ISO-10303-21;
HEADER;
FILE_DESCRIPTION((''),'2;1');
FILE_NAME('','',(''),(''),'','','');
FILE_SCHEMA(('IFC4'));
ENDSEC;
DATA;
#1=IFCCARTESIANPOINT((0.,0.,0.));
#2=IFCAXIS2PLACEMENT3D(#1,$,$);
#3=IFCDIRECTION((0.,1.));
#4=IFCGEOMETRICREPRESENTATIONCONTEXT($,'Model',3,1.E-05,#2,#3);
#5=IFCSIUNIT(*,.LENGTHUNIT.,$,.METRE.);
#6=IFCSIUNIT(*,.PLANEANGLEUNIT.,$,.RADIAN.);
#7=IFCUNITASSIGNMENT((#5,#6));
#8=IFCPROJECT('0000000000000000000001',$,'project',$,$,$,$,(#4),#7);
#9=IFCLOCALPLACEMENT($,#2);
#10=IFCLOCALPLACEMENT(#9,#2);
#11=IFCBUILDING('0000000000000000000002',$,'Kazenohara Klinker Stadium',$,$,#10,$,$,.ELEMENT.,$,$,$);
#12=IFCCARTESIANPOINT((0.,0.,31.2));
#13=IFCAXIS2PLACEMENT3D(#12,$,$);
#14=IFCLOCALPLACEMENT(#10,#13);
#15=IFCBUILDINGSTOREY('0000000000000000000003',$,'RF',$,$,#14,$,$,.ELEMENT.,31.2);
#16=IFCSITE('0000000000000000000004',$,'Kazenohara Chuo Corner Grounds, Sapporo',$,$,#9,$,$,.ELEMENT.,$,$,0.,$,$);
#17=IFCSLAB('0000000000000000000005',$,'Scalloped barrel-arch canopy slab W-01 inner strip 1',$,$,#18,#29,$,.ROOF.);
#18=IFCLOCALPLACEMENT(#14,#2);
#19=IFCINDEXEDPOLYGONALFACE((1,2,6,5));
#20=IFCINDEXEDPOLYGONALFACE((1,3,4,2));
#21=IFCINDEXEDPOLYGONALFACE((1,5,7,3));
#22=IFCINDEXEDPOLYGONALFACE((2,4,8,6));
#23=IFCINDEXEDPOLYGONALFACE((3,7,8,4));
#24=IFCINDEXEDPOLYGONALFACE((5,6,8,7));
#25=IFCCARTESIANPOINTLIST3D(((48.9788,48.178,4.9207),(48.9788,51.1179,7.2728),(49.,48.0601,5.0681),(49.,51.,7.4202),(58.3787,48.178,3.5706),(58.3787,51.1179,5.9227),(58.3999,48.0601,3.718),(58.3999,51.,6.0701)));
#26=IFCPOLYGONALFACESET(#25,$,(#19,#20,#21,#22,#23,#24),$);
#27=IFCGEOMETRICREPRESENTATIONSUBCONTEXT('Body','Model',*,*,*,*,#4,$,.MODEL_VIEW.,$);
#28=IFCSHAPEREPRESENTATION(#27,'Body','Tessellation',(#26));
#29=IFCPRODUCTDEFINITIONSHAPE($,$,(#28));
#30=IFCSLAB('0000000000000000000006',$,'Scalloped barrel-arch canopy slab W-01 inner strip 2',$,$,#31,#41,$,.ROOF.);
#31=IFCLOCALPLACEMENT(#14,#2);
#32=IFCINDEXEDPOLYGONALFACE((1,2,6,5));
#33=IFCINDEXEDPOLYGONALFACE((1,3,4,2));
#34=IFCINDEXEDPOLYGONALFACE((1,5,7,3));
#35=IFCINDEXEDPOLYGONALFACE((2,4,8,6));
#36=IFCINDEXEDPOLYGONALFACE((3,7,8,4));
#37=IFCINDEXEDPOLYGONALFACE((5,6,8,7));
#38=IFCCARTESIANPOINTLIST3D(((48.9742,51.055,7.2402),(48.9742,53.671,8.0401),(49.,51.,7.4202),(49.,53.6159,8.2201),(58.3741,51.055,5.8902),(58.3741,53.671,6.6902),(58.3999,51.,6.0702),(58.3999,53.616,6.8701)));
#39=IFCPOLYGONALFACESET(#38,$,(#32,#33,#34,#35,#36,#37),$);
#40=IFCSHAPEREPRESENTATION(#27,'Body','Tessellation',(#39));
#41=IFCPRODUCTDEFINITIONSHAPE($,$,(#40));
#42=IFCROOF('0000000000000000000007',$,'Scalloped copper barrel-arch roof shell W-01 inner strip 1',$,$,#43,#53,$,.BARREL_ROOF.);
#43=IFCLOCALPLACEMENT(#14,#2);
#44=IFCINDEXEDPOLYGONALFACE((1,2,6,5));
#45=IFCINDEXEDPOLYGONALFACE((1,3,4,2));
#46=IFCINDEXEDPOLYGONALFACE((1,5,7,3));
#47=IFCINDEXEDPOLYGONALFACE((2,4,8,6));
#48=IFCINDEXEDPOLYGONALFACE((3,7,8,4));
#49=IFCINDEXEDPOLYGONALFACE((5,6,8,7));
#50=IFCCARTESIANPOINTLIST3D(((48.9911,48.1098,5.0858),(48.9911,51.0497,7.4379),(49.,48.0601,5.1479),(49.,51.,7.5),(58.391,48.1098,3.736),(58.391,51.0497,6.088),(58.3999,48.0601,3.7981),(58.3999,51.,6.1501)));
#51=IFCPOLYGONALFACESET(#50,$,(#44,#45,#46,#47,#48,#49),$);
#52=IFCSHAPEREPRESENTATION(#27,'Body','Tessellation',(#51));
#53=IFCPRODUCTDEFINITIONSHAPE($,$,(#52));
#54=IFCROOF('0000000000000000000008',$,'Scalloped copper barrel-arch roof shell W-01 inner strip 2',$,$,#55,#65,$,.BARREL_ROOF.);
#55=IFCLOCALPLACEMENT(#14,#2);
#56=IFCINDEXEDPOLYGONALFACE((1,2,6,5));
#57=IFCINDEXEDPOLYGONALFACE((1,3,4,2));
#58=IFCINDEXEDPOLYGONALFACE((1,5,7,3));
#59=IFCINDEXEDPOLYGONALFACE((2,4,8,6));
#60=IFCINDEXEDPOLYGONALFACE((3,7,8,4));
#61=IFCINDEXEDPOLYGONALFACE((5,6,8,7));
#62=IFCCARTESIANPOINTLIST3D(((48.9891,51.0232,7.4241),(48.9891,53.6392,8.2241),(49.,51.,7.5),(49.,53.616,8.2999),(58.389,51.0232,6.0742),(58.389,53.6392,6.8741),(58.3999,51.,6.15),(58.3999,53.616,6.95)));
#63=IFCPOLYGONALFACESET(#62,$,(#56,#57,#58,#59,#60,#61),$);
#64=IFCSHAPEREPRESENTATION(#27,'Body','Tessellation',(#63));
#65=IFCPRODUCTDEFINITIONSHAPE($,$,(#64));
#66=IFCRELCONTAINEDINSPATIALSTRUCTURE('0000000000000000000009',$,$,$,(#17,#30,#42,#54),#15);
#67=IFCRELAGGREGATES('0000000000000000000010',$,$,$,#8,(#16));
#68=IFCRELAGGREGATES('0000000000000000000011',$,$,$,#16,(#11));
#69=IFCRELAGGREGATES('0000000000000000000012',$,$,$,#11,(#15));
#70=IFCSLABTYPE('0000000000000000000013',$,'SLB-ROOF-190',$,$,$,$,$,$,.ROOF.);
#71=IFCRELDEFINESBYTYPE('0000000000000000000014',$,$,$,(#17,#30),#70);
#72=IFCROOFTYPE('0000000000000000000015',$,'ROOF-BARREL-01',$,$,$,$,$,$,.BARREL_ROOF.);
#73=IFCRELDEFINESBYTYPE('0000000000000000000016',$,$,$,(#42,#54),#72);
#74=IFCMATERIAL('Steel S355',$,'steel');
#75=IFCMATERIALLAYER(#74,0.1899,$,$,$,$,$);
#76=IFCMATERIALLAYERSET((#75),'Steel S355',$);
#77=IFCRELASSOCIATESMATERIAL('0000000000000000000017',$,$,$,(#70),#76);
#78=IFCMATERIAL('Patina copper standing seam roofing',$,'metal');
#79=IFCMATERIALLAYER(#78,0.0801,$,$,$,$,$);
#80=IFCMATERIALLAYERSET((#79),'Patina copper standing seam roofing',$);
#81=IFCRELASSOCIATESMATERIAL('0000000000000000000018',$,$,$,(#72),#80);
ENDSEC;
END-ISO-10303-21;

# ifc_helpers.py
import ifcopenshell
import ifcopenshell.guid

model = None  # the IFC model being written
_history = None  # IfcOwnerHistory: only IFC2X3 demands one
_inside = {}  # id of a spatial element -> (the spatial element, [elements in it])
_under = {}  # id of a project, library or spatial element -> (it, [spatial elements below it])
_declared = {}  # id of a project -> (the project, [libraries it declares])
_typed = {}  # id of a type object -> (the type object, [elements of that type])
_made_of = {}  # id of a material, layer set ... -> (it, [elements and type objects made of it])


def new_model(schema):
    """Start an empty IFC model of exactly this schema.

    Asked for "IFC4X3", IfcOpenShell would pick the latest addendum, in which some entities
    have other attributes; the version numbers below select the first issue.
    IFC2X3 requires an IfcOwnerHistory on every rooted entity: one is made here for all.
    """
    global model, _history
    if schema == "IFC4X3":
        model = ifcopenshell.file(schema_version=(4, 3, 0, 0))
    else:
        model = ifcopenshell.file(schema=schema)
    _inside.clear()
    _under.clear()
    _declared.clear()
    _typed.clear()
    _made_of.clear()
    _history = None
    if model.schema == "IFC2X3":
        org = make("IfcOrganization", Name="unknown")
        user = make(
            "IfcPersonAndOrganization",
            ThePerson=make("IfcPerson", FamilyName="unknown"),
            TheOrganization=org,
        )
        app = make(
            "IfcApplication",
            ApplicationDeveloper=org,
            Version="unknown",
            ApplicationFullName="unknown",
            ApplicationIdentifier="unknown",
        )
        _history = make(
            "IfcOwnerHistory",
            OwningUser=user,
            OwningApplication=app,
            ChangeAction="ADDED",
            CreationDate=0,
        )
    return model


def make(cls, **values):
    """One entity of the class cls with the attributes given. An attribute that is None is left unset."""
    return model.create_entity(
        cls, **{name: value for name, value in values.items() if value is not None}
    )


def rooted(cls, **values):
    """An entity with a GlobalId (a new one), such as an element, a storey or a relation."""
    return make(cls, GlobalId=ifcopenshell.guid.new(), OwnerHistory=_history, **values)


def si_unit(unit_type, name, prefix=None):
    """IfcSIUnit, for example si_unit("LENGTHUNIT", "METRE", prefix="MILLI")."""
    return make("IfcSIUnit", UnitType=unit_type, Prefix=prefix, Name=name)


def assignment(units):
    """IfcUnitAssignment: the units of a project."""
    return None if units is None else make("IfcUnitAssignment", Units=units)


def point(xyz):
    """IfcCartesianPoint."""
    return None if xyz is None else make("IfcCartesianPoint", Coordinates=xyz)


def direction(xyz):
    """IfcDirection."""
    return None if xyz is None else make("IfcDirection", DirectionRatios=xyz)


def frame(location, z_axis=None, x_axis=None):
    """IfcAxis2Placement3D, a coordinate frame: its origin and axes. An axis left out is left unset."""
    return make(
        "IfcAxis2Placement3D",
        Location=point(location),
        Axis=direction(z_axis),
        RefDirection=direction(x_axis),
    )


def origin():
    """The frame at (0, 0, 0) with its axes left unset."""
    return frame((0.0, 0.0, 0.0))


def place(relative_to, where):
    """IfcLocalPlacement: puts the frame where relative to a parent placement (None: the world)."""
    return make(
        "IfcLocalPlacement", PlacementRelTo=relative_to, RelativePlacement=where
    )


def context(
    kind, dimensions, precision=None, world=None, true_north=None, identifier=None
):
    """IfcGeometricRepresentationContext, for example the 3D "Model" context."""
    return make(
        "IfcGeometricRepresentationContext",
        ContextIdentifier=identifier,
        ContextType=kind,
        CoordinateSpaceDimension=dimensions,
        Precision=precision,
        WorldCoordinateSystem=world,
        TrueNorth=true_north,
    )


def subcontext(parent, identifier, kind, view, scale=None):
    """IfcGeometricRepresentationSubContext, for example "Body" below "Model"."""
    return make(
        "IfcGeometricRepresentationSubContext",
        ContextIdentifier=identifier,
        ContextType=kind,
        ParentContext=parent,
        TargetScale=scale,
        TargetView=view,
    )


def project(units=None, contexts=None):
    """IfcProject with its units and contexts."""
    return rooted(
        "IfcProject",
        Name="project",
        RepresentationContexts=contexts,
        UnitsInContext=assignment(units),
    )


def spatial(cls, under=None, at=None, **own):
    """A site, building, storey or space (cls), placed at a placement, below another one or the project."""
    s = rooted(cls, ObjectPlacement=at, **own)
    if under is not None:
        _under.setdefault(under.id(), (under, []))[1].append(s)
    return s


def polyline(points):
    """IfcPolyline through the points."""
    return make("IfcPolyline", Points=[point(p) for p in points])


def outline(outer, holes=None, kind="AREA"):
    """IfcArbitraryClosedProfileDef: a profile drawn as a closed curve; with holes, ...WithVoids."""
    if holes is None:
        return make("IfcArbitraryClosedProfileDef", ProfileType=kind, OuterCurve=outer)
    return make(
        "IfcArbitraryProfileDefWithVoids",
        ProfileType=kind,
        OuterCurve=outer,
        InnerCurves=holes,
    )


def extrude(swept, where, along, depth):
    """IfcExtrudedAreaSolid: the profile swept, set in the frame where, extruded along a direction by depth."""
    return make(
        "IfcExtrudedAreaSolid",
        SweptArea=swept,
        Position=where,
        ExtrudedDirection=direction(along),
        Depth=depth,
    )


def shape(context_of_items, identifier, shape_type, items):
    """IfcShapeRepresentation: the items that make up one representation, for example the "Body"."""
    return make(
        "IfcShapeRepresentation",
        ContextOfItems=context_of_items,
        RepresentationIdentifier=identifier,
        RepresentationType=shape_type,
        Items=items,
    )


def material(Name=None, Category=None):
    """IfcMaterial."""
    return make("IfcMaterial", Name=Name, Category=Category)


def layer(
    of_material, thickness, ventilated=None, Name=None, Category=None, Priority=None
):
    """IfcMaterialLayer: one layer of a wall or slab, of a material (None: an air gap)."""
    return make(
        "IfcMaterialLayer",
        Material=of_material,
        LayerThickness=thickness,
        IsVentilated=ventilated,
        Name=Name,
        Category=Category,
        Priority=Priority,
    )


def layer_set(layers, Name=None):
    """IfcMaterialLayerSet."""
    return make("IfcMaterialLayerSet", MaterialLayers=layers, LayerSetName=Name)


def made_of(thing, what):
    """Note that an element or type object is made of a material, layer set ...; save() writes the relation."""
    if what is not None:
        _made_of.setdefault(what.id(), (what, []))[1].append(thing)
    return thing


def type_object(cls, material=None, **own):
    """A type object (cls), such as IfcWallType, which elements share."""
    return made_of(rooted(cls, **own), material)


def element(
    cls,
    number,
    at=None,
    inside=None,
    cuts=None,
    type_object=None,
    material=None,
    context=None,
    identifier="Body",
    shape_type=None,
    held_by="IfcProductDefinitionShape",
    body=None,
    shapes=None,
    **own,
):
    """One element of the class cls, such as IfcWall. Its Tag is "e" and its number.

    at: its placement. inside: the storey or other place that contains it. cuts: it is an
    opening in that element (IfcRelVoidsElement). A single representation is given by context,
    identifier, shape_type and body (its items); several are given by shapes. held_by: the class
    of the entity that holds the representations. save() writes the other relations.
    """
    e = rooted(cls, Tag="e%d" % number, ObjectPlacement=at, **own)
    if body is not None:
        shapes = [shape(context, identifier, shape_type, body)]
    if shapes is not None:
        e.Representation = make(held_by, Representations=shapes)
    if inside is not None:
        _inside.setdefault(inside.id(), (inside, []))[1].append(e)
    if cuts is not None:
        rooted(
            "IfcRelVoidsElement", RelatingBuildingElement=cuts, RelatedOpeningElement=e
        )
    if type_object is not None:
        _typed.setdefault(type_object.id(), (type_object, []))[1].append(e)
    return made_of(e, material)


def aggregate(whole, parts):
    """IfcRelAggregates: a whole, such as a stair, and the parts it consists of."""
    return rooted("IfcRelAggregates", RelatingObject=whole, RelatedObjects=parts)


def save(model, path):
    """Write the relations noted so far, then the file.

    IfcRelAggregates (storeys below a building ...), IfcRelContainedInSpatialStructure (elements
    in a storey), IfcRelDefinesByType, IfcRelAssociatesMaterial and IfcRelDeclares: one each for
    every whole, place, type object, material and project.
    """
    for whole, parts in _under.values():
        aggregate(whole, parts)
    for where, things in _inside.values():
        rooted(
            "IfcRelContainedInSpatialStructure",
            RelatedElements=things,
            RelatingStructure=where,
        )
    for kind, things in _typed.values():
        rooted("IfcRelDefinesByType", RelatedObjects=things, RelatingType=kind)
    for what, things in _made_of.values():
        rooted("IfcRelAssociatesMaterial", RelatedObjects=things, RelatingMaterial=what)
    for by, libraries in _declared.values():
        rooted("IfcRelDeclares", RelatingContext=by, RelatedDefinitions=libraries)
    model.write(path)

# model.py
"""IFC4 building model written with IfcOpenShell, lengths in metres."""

from ifc_helpers import new_model, si_unit, direction, frame, origin, place, context, subcontext, project, spatial, polyline, outline, extrude, material, layer, layer_set, type_object, element, save


model = new_model("IFC4")

# Units and contexts
model_context = context("Model", 3, precision=1e-05, world=origin(), true_north=direction((0.0, 1.0)))
body_context = subcontext(model_context, "Body", "Model", "MODEL_VIEW")
ifc_project = project(units=[si_unit("LENGTHUNIT", "METRE"), si_unit("PLANEANGLEUNIT", "RADIAN")], contexts=[model_context])

# Site, building, storey
site_placement = place(None, origin())
site = spatial("IfcSite", under=ifc_project, at=site_placement, Name="Kazenohara Chuo Corner Grounds, Sapporo", CompositionType="ELEMENT", RefElevation=0.0)
building_placement = place(site_placement, origin())
building = spatial("IfcBuilding", under=site, at=building_placement, Name="Kazenohara Klinker Stadium", CompositionType="ELEMENT")
storey_placement = place(building_placement, frame((0.0, 0.0, 31.2)))
storey = spatial("IfcBuildingStorey", under=building, at=storey_placement, Name="RF", CompositionType="ELEMENT", Elevation=31.2)

# Shared definitions
ifc_material_1 = material(Name="Steel S355", Category="steel")

# Slabs
ifc_layer_1 = layer(ifc_material_1, 0.1899)
ifc_layer_set_1 = layer_set([ifc_layer_1], Name="Steel S355")
slab_type = type_object("IfcSlabType", Name="SLB-ROOF-190", PredefinedType="ROOF", material=ifc_layer_set_1)
slab_1_placement = place(storey_placement, frame((49.0, 48.0601, 5.0681), z_axis=(0.111455, -0.620819, 0.775991), x_axis=(0.989842, 0.0, -0.14217)))
element("IfcSlab", 1, at=slab_1_placement, inside=storey, type_object=slab_type, Name="Scalloped barrel-arch canopy slab W-01 inner strip 1", PredefinedType="ROOF", context=body_context, shape_type="SweptSolid", body=[
    extrude(outline(polyline([(0.0, 0.0), (9.4964, 0.0), (9.162, 3.7501), (-0.3344, 3.7501), (0.0, 0.0)])), origin(), (0.0, 0.0, -1.0), 0.1899),
])
slab_2_placement = place(storey_placement, frame((49.0, 51.0, 7.4202), z_axis=(0.136061, -0.289701, 0.947397), x_axis=(0.989844, -0.000004, -0.142158)))
element("IfcSlab", 2, at=slab_2_placement, inside=storey, type_object=slab_type, Name="Scalloped barrel-arch canopy slab W-01 inner strip 2", PredefinedType="ROOF", context=body_context, shape_type="SweptSolid", body=[
    extrude(outline(polyline([(0.0, 0.0), (9.4964, 0.0), (9.3826, 2.7332), (-0.1137, 2.7331), (0.0, 0.0)])), origin(), (0.0, 0.0, -1.0), 0.1899),
])

# Roofs
ifc_material_2 = material(Name="Patina copper standing seam roofing", Category="metal")
ifc_layer_2 = layer(ifc_material_2, 0.0801)
ifc_layer_set_2 = layer_set([ifc_layer_2], Name="Patina copper standing seam roofing")
roof_type = type_object("IfcRoofType", Name="ROOF-BARREL-01", PredefinedType="BARREL_ROOF", material=ifc_layer_set_2)
roof_1_placement = place(storey_placement, frame((49.0, 48.0601, 5.1479), z_axis=(0.111435, -0.62082, 0.775993), x_axis=(0.989846, 0.0, -0.142145)))
element("IfcRoof", 3, at=roof_1_placement, inside=storey, type_object=roof_type, Name="Scalloped copper barrel-arch roof shell W-01 inner strip 1", PredefinedType="BARREL_ROOF", context=body_context, shape_type="SweptSolid", body=[
    extrude(outline(polyline([(0.0, 0.0), (9.4963, 0.0), (9.162, 3.7501), (-0.3343, 3.7501), (0.0, 0.0)])), origin(), (0.0, 0.0, -1.0), 0.0801),
])
roof_2_placement = place(storey_placement, frame((49.0, 51.0, 7.5), z_axis=(0.136061, -0.289701, 0.947397), x_axis=(0.989844, 0.000004, -0.142156)))
element("IfcRoof", 4, at=roof_2_placement, inside=storey, type_object=roof_type, Name="Scalloped copper barrel-arch roof shell W-01 inner strip 2", PredefinedType="BARREL_ROOF", context=body_context, shape_type="SweptSolid", body=[
    extrude(outline(polyline([(0.0, 0.0), (9.4963, 0.0), (9.3826, 2.7331), (-0.1137, 2.7332), (0.0, 0.0)])), origin(), (0.0, 0.0, -1.0), 0.0801),
])

save(model, "model.ifc")
